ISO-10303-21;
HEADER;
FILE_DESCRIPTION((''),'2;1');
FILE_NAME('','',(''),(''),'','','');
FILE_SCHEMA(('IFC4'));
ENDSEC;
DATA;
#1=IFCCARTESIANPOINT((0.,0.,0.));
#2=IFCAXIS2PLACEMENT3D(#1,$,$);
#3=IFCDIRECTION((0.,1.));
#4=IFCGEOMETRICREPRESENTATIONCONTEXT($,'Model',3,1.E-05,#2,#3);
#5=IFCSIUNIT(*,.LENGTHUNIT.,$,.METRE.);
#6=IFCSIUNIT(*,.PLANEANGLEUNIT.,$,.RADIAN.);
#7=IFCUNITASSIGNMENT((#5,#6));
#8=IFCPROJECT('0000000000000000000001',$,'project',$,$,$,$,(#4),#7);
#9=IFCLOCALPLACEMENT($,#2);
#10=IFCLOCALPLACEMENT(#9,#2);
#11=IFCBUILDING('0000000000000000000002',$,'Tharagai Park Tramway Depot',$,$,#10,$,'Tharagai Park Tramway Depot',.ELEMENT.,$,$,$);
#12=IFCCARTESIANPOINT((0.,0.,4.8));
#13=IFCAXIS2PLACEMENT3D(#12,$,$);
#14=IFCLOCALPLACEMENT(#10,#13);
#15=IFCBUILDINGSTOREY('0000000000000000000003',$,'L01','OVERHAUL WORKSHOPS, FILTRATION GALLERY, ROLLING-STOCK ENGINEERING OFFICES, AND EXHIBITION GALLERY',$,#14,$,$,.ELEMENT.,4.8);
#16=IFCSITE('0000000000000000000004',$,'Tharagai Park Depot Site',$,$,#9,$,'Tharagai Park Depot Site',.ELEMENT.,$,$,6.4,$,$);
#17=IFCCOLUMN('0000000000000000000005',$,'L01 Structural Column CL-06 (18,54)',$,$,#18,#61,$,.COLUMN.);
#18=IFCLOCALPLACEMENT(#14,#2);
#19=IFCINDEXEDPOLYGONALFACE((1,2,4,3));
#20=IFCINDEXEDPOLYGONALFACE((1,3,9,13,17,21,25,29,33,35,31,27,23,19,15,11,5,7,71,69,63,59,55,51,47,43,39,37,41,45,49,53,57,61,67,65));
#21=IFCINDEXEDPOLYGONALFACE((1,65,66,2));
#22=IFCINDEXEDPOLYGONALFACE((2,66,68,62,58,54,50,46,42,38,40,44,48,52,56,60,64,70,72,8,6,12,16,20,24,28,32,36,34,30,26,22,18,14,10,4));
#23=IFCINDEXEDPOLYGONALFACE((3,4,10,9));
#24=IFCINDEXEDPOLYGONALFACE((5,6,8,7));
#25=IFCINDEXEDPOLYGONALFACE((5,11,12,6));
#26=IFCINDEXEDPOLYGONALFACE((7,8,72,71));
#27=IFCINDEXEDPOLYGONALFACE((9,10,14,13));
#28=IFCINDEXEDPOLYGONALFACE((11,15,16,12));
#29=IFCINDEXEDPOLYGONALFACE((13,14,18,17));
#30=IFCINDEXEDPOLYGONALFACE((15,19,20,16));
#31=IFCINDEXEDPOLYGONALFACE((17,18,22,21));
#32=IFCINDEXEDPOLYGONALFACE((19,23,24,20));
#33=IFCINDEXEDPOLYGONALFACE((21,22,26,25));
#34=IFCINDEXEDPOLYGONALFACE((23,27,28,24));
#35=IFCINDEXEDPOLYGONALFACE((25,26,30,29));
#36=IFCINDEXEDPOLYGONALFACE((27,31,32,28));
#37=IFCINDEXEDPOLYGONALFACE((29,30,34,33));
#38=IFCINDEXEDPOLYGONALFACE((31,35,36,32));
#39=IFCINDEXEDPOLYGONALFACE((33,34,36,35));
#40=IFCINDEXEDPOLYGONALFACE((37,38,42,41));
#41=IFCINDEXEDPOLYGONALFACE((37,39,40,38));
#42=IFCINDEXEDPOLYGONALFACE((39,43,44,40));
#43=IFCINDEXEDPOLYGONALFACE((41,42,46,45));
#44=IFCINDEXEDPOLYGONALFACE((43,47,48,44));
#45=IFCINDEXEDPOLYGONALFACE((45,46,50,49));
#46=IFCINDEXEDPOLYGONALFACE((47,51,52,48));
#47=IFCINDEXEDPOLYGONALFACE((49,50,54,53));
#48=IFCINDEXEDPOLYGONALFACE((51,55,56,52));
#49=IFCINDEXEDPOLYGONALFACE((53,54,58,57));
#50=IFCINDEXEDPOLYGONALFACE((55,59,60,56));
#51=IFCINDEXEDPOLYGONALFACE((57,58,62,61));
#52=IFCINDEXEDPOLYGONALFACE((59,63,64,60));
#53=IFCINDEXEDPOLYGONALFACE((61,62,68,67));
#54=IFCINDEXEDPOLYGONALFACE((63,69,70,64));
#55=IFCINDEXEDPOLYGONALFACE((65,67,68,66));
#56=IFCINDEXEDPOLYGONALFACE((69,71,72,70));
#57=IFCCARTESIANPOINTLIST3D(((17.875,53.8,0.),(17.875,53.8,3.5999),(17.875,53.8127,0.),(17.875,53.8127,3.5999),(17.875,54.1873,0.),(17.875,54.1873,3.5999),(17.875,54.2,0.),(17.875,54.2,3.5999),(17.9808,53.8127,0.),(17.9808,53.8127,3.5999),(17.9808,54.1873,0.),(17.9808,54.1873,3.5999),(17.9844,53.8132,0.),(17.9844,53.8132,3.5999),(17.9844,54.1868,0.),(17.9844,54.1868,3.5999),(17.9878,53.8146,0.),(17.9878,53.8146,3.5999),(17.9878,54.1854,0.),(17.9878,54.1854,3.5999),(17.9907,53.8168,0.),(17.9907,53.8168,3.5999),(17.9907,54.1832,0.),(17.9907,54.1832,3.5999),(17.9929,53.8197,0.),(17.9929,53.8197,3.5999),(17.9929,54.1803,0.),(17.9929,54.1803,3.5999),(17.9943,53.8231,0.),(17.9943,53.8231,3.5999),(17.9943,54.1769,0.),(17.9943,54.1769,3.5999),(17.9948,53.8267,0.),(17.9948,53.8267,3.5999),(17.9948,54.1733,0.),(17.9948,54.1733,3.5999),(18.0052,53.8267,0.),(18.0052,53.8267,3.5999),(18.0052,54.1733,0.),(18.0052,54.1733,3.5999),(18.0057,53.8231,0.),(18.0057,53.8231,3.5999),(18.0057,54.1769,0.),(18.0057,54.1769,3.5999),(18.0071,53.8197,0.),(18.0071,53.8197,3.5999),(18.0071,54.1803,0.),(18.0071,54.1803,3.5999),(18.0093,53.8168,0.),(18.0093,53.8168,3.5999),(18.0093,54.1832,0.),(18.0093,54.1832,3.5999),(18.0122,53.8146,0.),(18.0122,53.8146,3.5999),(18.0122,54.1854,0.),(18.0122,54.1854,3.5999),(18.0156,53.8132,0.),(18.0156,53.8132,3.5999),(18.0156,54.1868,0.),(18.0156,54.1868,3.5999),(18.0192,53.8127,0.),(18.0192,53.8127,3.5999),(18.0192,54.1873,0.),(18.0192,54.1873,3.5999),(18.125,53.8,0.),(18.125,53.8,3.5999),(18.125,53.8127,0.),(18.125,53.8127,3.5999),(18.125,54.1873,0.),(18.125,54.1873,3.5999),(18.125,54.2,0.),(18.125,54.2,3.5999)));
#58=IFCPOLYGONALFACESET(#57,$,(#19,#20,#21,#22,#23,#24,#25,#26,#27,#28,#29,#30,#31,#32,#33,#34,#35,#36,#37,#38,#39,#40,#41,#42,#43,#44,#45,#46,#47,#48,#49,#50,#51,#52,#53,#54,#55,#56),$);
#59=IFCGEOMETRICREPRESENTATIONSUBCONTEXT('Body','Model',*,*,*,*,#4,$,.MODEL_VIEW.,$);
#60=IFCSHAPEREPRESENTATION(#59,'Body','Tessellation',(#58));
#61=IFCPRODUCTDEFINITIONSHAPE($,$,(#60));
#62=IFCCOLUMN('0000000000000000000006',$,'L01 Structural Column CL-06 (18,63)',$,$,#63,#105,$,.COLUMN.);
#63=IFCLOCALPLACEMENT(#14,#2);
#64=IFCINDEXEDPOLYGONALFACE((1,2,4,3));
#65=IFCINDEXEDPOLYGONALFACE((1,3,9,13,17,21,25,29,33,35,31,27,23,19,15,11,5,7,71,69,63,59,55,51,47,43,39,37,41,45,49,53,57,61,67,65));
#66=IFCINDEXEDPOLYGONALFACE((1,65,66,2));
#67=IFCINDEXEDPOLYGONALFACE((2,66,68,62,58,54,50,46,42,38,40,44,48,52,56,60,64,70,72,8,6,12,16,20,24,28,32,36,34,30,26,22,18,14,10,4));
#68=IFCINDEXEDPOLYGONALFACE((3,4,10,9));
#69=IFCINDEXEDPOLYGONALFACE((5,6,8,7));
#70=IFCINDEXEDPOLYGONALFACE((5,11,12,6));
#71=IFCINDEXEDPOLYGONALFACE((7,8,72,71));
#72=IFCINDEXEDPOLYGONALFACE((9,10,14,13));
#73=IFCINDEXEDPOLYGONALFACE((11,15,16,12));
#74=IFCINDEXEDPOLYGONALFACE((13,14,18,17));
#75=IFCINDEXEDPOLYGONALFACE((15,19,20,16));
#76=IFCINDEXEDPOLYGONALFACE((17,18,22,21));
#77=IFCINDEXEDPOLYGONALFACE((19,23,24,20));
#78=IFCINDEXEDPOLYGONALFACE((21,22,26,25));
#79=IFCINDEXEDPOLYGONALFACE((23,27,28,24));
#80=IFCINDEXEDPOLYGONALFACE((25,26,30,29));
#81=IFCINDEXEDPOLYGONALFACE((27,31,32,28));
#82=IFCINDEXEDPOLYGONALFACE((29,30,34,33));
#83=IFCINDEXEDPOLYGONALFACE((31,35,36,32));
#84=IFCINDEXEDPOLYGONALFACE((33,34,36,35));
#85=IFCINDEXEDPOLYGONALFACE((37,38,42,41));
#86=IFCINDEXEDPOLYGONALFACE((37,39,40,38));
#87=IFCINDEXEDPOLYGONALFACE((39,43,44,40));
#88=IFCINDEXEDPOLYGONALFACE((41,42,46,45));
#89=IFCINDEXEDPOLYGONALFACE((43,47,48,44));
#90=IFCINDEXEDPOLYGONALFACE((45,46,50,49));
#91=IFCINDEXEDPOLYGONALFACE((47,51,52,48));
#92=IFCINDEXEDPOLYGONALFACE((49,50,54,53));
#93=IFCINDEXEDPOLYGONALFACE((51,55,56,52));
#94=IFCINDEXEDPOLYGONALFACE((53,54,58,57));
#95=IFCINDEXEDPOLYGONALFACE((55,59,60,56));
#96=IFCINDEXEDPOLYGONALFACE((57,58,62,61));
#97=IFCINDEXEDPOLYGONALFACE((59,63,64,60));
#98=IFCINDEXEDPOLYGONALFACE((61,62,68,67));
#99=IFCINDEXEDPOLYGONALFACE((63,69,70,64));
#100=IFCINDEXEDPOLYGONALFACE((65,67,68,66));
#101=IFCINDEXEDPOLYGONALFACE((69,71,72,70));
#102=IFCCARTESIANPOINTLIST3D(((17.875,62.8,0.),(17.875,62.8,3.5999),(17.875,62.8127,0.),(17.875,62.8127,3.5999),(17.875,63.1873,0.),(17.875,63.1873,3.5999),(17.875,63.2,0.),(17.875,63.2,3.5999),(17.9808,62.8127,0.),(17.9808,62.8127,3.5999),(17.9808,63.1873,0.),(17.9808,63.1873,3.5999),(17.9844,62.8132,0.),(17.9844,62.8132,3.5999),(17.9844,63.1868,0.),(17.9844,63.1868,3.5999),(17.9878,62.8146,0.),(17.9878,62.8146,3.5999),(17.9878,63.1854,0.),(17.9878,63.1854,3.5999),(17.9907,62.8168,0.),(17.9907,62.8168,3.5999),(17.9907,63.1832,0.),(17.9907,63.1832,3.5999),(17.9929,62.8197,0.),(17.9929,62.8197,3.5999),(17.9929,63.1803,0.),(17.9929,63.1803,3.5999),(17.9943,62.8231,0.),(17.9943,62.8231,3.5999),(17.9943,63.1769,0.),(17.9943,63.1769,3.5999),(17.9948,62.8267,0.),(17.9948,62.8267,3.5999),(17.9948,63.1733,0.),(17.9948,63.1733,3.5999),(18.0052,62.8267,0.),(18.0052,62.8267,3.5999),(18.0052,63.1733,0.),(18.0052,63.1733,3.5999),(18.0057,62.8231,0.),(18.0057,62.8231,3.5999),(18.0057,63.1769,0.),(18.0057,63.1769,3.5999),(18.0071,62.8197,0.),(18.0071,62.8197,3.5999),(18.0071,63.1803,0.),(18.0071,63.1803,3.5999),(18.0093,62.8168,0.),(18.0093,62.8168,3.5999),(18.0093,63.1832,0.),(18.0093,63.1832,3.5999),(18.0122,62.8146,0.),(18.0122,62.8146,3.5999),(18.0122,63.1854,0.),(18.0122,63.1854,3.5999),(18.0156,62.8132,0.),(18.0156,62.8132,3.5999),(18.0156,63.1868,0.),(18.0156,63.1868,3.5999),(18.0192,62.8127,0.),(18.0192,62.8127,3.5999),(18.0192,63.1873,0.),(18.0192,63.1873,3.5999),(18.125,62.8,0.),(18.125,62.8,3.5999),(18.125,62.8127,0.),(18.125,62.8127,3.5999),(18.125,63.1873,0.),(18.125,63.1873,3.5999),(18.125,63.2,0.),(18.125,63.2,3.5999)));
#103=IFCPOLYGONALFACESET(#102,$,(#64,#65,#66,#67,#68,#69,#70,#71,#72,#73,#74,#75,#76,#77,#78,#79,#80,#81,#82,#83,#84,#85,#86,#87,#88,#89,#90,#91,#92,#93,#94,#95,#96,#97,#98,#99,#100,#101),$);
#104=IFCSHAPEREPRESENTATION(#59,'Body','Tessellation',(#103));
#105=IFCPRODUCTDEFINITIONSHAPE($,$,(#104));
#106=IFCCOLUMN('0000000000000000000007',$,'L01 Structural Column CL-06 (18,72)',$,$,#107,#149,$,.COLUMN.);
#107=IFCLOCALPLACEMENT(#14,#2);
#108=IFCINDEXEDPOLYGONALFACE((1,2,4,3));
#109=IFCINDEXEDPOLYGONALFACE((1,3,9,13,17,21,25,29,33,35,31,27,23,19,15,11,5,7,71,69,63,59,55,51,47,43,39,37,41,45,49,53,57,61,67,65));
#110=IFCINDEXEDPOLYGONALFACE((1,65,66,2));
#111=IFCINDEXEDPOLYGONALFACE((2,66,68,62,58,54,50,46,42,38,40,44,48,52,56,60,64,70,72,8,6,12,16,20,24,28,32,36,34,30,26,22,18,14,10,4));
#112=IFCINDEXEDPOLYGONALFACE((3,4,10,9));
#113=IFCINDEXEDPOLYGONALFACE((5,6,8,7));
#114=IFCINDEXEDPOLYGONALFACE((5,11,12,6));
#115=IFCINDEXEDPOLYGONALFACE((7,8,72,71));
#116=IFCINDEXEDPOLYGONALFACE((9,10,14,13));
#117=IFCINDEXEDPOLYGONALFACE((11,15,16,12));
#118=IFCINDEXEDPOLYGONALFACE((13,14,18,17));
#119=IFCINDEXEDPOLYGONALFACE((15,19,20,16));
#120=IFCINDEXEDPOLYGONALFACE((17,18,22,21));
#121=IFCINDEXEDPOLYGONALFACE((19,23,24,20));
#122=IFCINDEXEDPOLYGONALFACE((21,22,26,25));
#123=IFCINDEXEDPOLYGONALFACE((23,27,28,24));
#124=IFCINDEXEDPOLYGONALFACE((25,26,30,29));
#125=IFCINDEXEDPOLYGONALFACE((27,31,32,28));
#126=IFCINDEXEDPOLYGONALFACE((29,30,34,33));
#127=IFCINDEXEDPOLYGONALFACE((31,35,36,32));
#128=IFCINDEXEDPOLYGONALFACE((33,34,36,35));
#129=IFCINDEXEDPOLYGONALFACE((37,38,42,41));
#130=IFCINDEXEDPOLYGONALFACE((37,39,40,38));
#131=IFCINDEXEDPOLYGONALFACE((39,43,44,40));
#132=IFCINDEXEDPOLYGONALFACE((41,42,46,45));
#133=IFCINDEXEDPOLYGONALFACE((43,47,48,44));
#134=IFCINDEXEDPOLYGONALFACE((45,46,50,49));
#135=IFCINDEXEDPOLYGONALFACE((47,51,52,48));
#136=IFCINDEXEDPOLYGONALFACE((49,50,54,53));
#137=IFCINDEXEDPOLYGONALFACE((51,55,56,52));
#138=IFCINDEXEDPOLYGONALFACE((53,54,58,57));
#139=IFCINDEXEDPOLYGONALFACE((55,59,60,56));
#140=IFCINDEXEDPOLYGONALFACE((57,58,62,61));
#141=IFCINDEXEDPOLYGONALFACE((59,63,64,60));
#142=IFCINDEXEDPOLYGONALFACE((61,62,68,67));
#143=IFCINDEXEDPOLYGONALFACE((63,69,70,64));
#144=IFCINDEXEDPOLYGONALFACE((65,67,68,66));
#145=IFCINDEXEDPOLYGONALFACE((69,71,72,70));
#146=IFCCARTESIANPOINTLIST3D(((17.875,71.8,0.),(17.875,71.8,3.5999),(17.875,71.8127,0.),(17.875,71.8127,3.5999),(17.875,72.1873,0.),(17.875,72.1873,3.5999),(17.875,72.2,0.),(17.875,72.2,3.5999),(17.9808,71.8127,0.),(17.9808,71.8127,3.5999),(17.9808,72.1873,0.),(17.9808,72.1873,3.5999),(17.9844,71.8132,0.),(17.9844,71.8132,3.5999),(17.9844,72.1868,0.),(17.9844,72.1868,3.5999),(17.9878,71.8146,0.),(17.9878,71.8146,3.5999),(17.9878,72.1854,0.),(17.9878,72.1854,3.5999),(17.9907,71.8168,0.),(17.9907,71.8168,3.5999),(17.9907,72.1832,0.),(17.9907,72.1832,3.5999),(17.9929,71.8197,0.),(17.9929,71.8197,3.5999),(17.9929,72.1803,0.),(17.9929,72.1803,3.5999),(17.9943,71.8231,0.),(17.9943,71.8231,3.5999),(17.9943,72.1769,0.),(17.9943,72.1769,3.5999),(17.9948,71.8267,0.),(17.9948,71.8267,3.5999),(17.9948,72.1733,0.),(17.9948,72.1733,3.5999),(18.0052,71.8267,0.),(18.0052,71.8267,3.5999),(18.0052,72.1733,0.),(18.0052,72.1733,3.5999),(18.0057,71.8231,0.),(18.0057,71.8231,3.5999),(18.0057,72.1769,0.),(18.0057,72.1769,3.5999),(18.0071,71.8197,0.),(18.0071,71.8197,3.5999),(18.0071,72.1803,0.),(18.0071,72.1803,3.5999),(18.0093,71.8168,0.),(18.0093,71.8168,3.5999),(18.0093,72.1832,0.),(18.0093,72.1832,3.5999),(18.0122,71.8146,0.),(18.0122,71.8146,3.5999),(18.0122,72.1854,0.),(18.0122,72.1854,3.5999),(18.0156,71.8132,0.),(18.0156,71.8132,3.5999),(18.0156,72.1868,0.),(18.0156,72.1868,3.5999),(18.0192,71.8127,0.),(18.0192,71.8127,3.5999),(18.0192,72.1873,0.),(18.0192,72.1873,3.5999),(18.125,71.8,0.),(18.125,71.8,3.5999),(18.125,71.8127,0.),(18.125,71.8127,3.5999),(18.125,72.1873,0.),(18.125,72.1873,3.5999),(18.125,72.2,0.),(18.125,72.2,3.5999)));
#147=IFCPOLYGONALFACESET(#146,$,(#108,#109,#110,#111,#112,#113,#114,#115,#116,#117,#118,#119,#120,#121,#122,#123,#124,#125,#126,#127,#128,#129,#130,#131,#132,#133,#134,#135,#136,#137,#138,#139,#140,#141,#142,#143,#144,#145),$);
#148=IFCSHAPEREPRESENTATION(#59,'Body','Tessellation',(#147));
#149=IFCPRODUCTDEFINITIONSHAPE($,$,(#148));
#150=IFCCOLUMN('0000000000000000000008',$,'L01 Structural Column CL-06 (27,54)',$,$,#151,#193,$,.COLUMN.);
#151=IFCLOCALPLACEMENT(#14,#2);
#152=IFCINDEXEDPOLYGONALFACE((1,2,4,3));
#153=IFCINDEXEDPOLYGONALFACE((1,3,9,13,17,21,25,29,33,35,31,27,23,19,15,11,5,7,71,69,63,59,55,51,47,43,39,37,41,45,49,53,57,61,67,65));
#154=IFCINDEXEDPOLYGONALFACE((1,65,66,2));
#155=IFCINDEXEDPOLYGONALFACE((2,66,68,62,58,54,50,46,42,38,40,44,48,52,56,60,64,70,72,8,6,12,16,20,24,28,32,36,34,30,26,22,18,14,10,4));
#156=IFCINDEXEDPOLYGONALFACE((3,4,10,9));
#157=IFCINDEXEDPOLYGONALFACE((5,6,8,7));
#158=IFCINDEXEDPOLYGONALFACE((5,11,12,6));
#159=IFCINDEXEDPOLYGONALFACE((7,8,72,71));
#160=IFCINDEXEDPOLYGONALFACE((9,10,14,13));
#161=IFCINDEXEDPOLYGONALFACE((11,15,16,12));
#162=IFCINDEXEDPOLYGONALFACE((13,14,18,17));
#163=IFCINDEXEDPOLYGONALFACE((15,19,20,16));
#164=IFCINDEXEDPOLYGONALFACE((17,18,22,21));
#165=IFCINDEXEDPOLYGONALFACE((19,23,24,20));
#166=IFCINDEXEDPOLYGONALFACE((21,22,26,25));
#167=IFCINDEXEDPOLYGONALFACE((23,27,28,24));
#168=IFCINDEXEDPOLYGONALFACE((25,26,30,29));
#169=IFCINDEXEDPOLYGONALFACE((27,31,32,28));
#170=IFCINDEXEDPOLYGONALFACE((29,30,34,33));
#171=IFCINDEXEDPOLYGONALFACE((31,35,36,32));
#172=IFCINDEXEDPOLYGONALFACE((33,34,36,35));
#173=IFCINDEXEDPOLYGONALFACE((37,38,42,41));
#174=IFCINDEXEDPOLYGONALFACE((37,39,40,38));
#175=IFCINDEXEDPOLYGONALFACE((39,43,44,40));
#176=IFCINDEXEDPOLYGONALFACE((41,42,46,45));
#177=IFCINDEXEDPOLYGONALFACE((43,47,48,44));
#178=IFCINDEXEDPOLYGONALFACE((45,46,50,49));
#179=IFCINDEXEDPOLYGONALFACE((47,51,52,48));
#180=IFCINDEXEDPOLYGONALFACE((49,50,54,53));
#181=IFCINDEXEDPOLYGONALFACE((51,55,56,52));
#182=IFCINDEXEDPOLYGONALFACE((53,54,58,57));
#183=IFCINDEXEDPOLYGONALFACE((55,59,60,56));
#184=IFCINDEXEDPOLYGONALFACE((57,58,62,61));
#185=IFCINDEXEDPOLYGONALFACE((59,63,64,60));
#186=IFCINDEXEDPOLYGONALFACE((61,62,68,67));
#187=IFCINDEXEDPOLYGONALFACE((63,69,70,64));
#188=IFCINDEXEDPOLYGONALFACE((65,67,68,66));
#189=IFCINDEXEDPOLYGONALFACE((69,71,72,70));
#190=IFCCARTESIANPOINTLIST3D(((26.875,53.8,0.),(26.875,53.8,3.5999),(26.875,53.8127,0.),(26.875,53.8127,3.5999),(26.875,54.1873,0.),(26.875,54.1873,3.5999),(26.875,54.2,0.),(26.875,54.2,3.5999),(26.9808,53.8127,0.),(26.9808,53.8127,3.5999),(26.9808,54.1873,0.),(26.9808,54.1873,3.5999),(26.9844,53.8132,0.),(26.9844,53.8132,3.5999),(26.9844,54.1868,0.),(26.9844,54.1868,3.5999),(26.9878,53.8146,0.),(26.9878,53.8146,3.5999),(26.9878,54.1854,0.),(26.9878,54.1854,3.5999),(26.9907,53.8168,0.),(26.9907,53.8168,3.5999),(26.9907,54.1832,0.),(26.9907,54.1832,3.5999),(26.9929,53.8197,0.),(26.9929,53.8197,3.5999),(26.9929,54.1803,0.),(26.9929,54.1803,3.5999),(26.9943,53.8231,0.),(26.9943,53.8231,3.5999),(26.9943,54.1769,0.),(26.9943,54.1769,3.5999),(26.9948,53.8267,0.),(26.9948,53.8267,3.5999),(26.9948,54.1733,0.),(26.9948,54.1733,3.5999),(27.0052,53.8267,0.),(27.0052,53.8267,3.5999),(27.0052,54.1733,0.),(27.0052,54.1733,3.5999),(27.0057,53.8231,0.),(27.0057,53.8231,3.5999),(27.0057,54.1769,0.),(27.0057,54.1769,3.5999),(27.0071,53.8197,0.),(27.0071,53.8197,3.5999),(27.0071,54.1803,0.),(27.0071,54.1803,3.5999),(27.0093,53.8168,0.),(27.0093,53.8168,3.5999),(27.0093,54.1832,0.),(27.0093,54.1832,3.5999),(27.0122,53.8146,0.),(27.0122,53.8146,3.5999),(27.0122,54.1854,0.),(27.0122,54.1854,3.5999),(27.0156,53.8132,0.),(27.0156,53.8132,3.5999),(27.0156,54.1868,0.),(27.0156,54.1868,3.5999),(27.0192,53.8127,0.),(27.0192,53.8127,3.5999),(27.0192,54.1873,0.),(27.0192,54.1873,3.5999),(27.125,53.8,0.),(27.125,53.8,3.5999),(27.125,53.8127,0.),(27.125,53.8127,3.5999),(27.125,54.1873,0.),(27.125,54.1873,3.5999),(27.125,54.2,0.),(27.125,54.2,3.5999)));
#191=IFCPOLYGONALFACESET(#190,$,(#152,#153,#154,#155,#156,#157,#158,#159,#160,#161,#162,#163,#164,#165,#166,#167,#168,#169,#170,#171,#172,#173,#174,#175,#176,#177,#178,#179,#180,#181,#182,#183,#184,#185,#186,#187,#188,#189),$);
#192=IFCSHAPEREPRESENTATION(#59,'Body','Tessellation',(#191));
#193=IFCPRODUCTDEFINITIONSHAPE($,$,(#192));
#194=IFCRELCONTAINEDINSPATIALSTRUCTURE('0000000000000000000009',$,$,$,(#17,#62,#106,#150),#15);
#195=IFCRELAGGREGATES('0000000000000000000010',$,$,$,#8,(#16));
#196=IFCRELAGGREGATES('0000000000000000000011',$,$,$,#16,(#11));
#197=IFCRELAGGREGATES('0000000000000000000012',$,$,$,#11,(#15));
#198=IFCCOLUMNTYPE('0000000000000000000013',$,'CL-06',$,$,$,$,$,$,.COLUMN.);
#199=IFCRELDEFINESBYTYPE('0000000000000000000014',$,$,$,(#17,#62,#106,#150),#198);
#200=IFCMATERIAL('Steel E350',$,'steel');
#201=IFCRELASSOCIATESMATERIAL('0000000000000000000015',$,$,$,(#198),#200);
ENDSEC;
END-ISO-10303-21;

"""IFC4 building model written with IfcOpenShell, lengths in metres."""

from ifc_helpers import new_model, si_unit, direction, frame, origin, origin_2d, place, context, subcontext, project, spatial, i_section, extrude, material, material_profile, profile_set, type_object, element, save


model = new_model("IFC4")

# Units and contexts
model_context = context("Model", 3, precision=1e-05, world=origin(), true_north=direction((0.0, 1.0)))
body_context = subcontext(model_context, "Body", "Model", "MODEL_VIEW")
ifc_project = project(units=[si_unit("LENGTHUNIT", "METRE"), si_unit("PLANEANGLEUNIT", "RADIAN")], contexts=[model_context])

# Site, building, storey
site_placement = place(None, origin())
site = spatial("IfcSite", under=ifc_project, at=site_placement, Name="Tharagai Park Depot Site", LongName="Tharagai Park Depot Site", CompositionType="ELEMENT", RefElevation=6.4)
building_placement = place(site_placement, origin())
building = spatial("IfcBuilding", under=site, at=building_placement, Name="Tharagai Park Tramway Depot", LongName="Tharagai Park Tramway Depot", CompositionType="ELEMENT")
storey_placement = place(building_placement, frame((0.0, 0.0, 4.8)))
storey = spatial("IfcBuildingStorey", under=building, at=storey_placement, Name="L01", Description="OVERHAUL WORKSHOPS, FILTRATION GALLERY, ROLLING-STOCK ENGINEERING OFFICES, AND EXHIBITION GALLERY", CompositionType="ELEMENT", Elevation=4.8)

# Columns
ifc_material_1 = material(Name="Steel E350", Category="steel")
ifc_material_profile_1 = material_profile(ifc_material_1, i_section(OverallWidth=0.25, OverallDepth=0.3999, WebThickness=0.0105, FlangeThickness=0.0127, FilletRadius=0.0139, at=origin_2d()), Name="ISHB 400")
ifc_profile_set_1 = profile_set([ifc_material_profile_1], Name="Steel E350")
column_type = type_object("IfcColumnType", Name="CL-06", PredefinedType="COLUMN", material=ifc_profile_set_1)
for number, where, z_axis, x_axis, name in (
    (1, (18.0, 54.0, 0.0), (0.0, 0.0, 1.0), (1.0, 0.0, 0.0), "L01 Structural Column CL-06 (18,54)"),
    (2, (18.0, 63.0, 0.0), (0.0, 0.0, 1.0), (1.0, 0.0, 0.0), "L01 Structural Column CL-06 (18,63)"),
    (3, (18.0, 72.0, 0.0), (0.0, 0.0, 1.0), (1.0, 0.0, 0.0), "L01 Structural Column CL-06 (18,72)"),
    (4, (27.0, 54.0, 0.0), (0.0, 0.0, 1.0), (1.0, 0.0, 0.0), "L01 Structural Column CL-06 (27,54)"),
):
    element("IfcColumn", number, at=place(storey_placement, frame(where, z_axis=z_axis, x_axis=x_axis)), inside=storey, type_object=column_type, Name=name, PredefinedType="COLUMN", context=body_context, shape_type="SweptSolid", body=[
        extrude(i_section(OverallWidth=0.25, OverallDepth=0.3999, WebThickness=0.0105, FlangeThickness=0.0127, FilletRadius=0.0139, at=origin_2d()), origin(), (0.0, 0.0, 1.0), 3.5999),
    ])

save(model, "model.ifc")
